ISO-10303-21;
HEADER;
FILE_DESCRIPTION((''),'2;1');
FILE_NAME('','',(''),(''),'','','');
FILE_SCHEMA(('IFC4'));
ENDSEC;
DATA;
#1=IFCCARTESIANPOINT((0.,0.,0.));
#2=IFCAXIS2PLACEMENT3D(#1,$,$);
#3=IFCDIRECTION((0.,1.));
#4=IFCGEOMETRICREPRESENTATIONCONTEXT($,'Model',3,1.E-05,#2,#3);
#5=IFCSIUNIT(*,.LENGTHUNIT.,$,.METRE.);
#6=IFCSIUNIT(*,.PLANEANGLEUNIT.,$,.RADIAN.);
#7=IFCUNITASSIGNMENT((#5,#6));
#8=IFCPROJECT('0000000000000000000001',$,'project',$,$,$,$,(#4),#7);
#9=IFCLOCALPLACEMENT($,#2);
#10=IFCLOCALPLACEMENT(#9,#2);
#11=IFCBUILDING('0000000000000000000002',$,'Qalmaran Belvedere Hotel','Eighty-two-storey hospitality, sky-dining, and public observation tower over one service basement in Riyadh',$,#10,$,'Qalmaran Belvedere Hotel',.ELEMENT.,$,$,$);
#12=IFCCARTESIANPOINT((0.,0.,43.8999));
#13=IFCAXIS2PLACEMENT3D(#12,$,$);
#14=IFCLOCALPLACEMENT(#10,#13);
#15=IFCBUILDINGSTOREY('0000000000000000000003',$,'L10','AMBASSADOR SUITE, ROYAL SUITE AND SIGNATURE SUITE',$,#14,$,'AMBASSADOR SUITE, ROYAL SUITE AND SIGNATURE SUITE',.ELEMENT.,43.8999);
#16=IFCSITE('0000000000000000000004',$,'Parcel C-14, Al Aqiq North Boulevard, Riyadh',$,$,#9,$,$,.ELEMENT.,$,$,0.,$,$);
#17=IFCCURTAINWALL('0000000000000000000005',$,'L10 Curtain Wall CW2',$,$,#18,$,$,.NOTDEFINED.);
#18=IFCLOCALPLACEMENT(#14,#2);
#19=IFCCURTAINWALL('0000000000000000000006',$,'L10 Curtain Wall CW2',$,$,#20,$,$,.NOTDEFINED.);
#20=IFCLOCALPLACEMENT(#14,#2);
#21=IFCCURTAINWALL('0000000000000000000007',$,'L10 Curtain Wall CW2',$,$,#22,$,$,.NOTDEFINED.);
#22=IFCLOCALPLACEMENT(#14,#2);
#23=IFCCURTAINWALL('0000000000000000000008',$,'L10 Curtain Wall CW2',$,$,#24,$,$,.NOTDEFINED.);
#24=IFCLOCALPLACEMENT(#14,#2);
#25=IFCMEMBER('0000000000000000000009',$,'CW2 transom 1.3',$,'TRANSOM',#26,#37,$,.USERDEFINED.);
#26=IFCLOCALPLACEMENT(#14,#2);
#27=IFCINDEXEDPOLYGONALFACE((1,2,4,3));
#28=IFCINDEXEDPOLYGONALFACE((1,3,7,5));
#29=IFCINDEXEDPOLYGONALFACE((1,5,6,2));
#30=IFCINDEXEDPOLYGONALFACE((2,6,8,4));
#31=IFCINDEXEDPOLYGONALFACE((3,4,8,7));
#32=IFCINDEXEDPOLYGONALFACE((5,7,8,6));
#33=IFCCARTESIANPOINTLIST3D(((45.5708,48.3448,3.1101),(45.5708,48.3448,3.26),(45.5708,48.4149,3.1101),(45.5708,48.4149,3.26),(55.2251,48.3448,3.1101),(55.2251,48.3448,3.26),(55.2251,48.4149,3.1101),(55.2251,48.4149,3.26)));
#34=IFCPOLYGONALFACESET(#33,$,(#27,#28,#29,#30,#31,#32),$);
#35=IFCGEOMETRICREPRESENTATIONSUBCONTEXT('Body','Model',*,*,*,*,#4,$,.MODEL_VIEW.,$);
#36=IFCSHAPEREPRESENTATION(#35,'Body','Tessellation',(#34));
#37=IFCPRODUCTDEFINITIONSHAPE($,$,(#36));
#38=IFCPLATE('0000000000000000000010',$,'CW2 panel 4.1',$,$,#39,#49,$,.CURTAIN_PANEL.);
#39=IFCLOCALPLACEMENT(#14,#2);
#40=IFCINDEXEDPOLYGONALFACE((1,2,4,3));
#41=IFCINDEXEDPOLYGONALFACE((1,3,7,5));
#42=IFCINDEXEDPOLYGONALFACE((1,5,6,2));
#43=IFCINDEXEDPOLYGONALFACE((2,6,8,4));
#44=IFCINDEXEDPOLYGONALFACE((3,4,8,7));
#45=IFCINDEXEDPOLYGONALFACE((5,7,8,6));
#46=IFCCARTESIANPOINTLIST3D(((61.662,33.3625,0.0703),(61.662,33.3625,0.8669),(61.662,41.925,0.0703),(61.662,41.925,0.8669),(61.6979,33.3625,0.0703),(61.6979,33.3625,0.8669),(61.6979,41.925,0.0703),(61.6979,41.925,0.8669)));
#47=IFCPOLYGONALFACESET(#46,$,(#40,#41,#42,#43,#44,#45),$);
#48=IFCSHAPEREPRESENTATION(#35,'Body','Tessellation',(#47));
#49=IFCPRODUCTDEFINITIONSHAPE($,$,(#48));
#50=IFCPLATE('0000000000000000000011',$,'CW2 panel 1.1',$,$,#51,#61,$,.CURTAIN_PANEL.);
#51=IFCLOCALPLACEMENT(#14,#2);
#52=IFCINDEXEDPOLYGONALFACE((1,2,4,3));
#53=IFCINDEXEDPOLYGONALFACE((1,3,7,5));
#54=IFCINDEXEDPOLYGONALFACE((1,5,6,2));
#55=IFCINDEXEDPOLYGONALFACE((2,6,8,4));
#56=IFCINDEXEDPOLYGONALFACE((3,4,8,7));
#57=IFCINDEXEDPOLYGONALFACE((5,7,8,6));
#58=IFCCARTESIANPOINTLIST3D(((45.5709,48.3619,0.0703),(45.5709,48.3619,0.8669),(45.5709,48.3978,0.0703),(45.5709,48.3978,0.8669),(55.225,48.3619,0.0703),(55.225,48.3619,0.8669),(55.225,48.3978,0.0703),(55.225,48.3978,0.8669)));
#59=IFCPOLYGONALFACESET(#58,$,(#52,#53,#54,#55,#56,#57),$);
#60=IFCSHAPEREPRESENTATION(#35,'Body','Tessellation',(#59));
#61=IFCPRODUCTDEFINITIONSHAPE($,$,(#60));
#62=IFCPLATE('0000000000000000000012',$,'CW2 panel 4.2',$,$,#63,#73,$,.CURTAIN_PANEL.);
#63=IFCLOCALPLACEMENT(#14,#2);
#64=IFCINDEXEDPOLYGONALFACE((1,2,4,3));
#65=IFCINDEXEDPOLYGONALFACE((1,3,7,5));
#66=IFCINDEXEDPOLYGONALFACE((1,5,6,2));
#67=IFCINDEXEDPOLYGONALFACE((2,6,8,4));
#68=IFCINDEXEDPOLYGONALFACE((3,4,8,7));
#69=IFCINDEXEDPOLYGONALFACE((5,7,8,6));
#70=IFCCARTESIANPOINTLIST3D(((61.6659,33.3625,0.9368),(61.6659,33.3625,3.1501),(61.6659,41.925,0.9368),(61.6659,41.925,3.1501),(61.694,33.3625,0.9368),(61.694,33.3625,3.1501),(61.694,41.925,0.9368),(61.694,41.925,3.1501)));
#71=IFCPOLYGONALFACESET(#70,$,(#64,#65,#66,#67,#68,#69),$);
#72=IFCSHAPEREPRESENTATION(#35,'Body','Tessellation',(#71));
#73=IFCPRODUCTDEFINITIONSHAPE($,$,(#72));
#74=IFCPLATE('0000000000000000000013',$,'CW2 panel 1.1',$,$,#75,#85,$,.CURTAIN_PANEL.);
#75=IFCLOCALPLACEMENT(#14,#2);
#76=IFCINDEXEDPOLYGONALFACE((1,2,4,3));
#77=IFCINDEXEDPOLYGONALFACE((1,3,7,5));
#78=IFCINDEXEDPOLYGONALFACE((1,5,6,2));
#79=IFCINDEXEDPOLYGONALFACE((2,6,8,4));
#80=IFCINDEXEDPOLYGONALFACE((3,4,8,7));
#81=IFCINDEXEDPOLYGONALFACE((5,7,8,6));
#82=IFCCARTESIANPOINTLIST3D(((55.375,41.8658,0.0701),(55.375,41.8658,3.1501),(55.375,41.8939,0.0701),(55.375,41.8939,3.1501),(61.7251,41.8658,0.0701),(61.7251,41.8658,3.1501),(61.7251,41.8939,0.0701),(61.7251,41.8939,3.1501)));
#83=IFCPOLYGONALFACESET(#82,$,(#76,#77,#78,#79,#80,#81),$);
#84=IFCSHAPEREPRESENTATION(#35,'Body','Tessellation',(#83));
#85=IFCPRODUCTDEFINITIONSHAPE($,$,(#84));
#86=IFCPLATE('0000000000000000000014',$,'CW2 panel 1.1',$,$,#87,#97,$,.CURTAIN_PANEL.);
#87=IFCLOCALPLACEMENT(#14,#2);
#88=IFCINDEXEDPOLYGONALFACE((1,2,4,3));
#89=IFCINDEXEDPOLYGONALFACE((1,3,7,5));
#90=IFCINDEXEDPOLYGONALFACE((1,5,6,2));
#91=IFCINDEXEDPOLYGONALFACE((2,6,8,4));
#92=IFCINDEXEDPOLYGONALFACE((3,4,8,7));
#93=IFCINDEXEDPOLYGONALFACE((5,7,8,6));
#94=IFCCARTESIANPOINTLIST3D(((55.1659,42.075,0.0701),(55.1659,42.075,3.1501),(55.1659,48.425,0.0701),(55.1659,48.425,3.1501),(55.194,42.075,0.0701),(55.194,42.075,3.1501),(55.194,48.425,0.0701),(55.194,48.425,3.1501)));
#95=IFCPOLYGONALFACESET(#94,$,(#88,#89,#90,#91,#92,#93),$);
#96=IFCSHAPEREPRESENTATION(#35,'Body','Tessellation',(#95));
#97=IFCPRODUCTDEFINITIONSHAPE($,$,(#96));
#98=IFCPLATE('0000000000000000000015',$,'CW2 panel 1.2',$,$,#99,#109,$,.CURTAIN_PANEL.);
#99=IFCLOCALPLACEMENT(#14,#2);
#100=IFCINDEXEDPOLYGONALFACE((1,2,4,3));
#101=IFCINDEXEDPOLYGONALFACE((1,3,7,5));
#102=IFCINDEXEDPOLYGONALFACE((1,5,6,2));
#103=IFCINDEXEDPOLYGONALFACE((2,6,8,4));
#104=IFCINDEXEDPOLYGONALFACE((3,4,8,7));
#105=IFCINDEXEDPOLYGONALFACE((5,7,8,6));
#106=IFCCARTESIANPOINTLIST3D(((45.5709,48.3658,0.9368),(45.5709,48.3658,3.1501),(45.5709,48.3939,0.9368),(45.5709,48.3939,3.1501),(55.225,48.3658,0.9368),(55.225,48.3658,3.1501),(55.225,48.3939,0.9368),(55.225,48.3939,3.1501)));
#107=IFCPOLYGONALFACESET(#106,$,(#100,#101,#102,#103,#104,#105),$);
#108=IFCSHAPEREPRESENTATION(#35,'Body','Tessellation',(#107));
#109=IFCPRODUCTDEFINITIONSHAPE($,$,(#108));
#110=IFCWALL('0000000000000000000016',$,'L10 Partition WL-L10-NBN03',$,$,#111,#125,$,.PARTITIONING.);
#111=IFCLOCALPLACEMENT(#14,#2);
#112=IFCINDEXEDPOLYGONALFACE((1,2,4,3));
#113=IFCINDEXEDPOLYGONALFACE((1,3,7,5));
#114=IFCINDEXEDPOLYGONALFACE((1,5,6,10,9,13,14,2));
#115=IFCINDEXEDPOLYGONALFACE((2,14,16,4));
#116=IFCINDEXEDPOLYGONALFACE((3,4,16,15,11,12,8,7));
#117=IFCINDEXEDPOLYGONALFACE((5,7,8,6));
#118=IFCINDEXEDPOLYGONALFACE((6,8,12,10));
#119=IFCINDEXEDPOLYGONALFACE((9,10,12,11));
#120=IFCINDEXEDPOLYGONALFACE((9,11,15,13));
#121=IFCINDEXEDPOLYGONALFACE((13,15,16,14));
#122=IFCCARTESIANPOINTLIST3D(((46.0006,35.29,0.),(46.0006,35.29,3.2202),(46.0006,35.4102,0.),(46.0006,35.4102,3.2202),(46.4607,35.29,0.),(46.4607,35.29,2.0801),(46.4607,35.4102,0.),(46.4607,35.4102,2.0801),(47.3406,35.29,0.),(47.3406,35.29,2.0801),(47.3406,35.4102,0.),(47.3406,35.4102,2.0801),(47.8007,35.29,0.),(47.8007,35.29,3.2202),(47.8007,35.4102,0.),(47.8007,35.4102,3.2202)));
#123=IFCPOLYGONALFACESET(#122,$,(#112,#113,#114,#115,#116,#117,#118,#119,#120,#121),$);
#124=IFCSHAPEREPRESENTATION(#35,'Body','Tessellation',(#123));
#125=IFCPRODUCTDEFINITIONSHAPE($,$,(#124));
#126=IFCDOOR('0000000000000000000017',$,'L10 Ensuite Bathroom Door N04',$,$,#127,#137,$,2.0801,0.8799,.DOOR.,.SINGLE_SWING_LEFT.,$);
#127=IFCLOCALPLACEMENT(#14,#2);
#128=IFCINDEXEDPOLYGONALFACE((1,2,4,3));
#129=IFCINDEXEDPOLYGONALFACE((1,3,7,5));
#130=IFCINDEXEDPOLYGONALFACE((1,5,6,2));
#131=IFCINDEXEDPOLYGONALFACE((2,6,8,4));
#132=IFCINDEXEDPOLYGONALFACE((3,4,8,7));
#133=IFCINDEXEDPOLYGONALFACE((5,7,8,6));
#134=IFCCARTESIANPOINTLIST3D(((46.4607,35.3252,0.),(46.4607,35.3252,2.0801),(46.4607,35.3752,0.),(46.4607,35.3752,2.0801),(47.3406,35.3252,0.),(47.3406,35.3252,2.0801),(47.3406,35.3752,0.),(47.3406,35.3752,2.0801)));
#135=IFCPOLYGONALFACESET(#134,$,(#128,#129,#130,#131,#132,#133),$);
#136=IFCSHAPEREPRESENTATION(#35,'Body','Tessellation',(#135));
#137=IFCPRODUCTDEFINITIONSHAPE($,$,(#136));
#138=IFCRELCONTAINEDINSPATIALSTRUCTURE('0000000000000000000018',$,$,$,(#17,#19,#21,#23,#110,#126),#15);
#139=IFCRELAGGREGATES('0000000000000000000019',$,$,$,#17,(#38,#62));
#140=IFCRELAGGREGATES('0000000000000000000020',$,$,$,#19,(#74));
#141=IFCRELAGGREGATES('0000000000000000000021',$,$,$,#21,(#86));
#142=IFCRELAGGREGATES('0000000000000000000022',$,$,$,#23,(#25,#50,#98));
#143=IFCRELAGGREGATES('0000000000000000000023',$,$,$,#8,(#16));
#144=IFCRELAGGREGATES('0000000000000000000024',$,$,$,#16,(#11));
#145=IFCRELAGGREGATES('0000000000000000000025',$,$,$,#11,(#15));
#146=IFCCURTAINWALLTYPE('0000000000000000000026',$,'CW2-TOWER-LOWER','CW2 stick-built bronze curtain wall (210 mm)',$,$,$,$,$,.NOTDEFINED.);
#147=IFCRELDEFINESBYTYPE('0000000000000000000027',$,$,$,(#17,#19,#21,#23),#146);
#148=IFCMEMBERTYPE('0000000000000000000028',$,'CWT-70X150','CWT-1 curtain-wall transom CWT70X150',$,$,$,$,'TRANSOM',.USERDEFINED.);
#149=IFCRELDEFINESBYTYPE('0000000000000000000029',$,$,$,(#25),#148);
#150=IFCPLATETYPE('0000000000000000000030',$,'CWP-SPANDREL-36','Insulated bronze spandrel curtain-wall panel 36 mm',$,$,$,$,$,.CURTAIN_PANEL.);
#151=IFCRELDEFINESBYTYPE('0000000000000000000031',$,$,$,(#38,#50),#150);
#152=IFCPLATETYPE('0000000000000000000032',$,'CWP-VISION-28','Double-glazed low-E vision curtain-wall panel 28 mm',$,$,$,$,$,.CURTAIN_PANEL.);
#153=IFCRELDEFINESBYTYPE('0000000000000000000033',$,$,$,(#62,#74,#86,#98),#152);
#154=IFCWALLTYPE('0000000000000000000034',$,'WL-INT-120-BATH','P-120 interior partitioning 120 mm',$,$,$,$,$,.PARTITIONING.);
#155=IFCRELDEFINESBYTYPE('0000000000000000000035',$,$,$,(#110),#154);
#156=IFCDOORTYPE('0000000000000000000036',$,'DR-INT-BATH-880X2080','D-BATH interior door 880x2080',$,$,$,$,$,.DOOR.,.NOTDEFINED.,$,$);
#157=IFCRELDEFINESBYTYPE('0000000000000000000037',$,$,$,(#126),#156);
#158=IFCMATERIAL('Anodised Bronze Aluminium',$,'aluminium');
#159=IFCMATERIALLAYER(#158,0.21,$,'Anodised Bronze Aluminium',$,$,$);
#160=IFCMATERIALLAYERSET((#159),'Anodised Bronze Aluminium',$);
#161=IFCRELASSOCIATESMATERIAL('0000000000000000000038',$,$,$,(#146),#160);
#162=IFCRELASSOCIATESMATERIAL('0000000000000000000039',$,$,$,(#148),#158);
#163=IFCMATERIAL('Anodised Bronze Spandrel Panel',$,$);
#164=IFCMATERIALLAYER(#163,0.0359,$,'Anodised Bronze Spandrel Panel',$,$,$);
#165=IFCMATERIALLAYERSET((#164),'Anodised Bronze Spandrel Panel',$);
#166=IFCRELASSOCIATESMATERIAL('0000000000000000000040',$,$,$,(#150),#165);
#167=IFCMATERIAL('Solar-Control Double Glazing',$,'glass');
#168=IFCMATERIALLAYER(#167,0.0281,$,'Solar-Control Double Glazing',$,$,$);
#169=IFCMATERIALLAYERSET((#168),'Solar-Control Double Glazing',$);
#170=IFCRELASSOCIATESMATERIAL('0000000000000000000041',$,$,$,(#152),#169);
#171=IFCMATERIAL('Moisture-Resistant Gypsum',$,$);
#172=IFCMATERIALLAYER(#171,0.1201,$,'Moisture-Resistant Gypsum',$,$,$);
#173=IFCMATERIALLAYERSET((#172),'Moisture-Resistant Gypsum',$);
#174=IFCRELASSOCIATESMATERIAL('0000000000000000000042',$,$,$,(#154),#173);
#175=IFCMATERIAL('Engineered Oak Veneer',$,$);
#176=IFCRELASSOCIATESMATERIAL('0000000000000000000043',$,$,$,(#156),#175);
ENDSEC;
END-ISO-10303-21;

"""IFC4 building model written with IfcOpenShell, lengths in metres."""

from ifc_helpers import new_model, si_unit, direction, frame, frame_2d, origin, origin_2d, place, context, subcontext, project, spatial, rectangle, extrude, material, layer, layer_set, material_profile, profile_set, type_object, element, fill, aggregate, save


model = new_model("IFC4")

# Units and contexts
model_context = context("Model", 3, precision=1e-05, world=origin(), true_north=direction((0.0, 1.0)))
body_context = subcontext(model_context, "Body", "Model", "MODEL_VIEW")
ifc_project = project(units=[si_unit("LENGTHUNIT", "METRE"), si_unit("PLANEANGLEUNIT", "RADIAN")], contexts=[model_context])

# Site, building, storey
site_placement = place(None, origin())
site = spatial("IfcSite", under=ifc_project, at=site_placement, Name="Parcel C-14, Al Aqiq North Boulevard, Riyadh", CompositionType="ELEMENT", RefElevation=0.0)
building_placement = place(site_placement, origin())
building = spatial("IfcBuilding", under=site, at=building_placement, Name="Qalmaran Belvedere Hotel", Description="Eighty-two-storey hospitality, sky-dining, and public observation tower over one service basement in Riyadh", LongName="Qalmaran Belvedere Hotel", CompositionType="ELEMENT")
storey_placement = place(building_placement, frame((0.0, 0.0, 43.8999)))
storey = spatial("IfcBuildingStorey", under=building, at=storey_placement, Name="L10", Description="AMBASSADOR SUITE, ROYAL SUITE AND SIGNATURE SUITE", LongName="AMBASSADOR SUITE, ROYAL SUITE AND SIGNATURE SUITE", CompositionType="ELEMENT", Elevation=43.8999)

# Curtain wall
ifc_material_1 = material(Name="Anodised Bronze Aluminium", Category="aluminium")
ifc_layer_1 = layer(ifc_material_1, 0.21, Name="Anodised Bronze Aluminium")
ifc_layer_set_1 = layer_set([ifc_layer_1], Name="Anodised Bronze Aluminium")
curtain_wall_type = type_object("IfcCurtainWallType", Name="CW2-TOWER-LOWER", Description="CW2 stick-built bronze curtain wall (210 mm)", PredefinedType="NOTDEFINED", material=ifc_layer_set_1)
curtain_wall_1_placement = place(storey_placement, origin())
curtain_wall_1 = element("IfcCurtainWall", 1, at=curtain_wall_1_placement, inside=storey, type_object=curtain_wall_type, Name="L10 Curtain Wall CW2", PredefinedType="NOTDEFINED")

# Curtain walls
curtain_wall_2_placement = place(storey_placement, origin())
curtain_wall_2 = element("IfcCurtainWall", 2, at=curtain_wall_2_placement, inside=storey, type_object=curtain_wall_type, Name="L10 Curtain Wall CW2", PredefinedType="NOTDEFINED")
curtain_wall_3_placement = place(storey_placement, origin())
curtain_wall_3 = element("IfcCurtainWall", 3, at=curtain_wall_3_placement, inside=storey, type_object=curtain_wall_type, Name="L10 Curtain Wall CW2", PredefinedType="NOTDEFINED")

# Curtain wall
curtain_wall_4_placement = place(storey_placement, origin())
curtain_wall_4 = element("IfcCurtainWall", 4, at=curtain_wall_4_placement, inside=storey, type_object=curtain_wall_type, Name="L10 Curtain Wall CW2", PredefinedType="NOTDEFINED")

# Member
ifc_material_profile_1 = material_profile(ifc_material_1, rectangle(XDim=0.0701, YDim=0.1499, at=origin_2d()), Name="CWT70X150")
ifc_profile_set_1 = profile_set([ifc_material_profile_1], Name="Anodised Bronze Aluminium")
member_type_1 = type_object("IfcMemberType", Name="CWT-70X150", Description="CWT-1 curtain-wall transom CWT70X150", ElementType="TRANSOM", PredefinedType="USERDEFINED", material=ifc_profile_set_1)
member_1_placement = place(storey_placement, frame((55.2251, 48.3799, 3.1851), z_axis=(-1.0, 0.0, 0.0), x_axis=(0.0, -1.0, 0.0)))
member_1 = element("IfcMember", 5, at=member_1_placement, type_object=member_type_1, Name="CW2 transom 1.3", ObjectType="TRANSOM", PredefinedType="USERDEFINED", context=body_context, shape_type="SweptSolid", body=[
    extrude(rectangle(XDim=0.0701, YDim=0.1499, at=origin_2d()), origin(), (0.0, 0.0, 1.0), 9.6543),
])

# Plates
ifc_material_2 = material(Name="Anodised Bronze Spandrel Panel")
ifc_layer_2 = layer(ifc_material_2, 0.0359, Name="Anodised Bronze Spandrel Panel")
ifc_layer_set_2 = layer_set([ifc_layer_2], Name="Anodised Bronze Spandrel Panel")
plate_type_1 = type_object("IfcPlateType", Name="CWP-SPANDREL-36", Description="Insulated bronze spandrel curtain-wall panel 36 mm", PredefinedType="CURTAIN_PANEL", material=ifc_layer_set_2)
plate_1_placement = place(storey_placement, frame((61.6799, 37.6438, 0.0703), z_axis=(0.0, 0.0, 1.0), x_axis=(0.0, 1.0, 0.0)))
plate_1 = element("IfcPlate", 6, at=plate_1_placement, type_object=plate_type_1, Name="CW2 panel 4.1", PredefinedType="CURTAIN_PANEL", context=body_context, shape_type="SweptSolid", body=[
    extrude(rectangle(XDim=8.5625, YDim=0.0359, at=origin_2d()), origin(), (0.0, 0.0, 1.0), 0.7966),
])
plate_2_placement = place(storey_placement, frame((50.3979, 48.3799, 0.0703), z_axis=(0.0, 0.0, 1.0), x_axis=(-1.0, 0.0, 0.0)))
plate_2 = element("IfcPlate", 7, at=plate_2_placement, type_object=plate_type_1, Name="CW2 panel 1.1", PredefinedType="CURTAIN_PANEL", context=body_context, shape_type="SweptSolid", body=[
    extrude(rectangle(XDim=9.6541, YDim=0.0359, at=origin_2d()), origin(), (0.0, 0.0, 1.0), 0.7966),
])
ifc_material_3 = material(Name="Solar-Control Double Glazing", Category="glass")
ifc_layer_3 = layer(ifc_material_3, 0.0281, Name="Solar-Control Double Glazing")
ifc_layer_set_3 = layer_set([ifc_layer_3], Name="Solar-Control Double Glazing")
plate_type_2 = type_object("IfcPlateType", Name="CWP-VISION-28", Description="Double-glazed low-E vision curtain-wall panel 28 mm", PredefinedType="CURTAIN_PANEL", material=ifc_layer_set_3)
plate_3_placement = place(storey_placement, frame((61.6799, 37.6438, 0.9368), z_axis=(0.0, 0.0, 1.0), x_axis=(0.0, 1.0, 0.0)))
plate_3 = element("IfcPlate", 8, at=plate_3_placement, type_object=plate_type_2, Name="CW2 panel 4.2", PredefinedType="CURTAIN_PANEL", context=body_context, shape_type="SweptSolid", body=[
    extrude(rectangle(XDim=8.5625, YDim=0.0281, at=origin_2d()), origin(), (0.0, 0.0, 1.0), 2.2134),
])
aggregate(curtain_wall_1, [plate_1, plate_3])
plate_4_placement = place(storey_placement, frame((58.55, 41.8799, 0.0701), z_axis=(0.0, 0.0, 1.0), x_axis=(-1.0, 0.0, 0.0)))
plate_4 = element("IfcPlate", 9, at=plate_4_placement, type_object=plate_type_2, Name="CW2 panel 1.1", PredefinedType="CURTAIN_PANEL", context=body_context, shape_type="SweptSolid", body=[
    extrude(rectangle(XDim=6.3501, YDim=0.0281, at=origin_2d()), origin(), (0.0, 0.0, 1.0), 3.0801),
])
aggregate(curtain_wall_2, [plate_4])
plate_5_placement = place(storey_placement, frame((55.1799, 45.25, 0.0701), z_axis=(0.0, 0.0, 1.0), x_axis=(0.0, 1.0, 0.0)))
plate_5 = element("IfcPlate", 10, at=plate_5_placement, type_object=plate_type_2, Name="CW2 panel 1.1", PredefinedType="CURTAIN_PANEL", context=body_context, shape_type="SweptSolid", body=[
    extrude(rectangle(XDim=6.3501, YDim=0.0281, at=origin_2d()), origin(), (0.0, 0.0, 1.0), 3.0801),
])
aggregate(curtain_wall_3, [plate_5])
plate_6_placement = place(storey_placement, frame((50.3979, 48.3799, 0.9368), z_axis=(0.0, 0.0, 1.0), x_axis=(-1.0, 0.0, 0.0)))
plate_6 = element("IfcPlate", 11, at=plate_6_placement, type_object=plate_type_2, Name="CW2 panel 1.2", PredefinedType="CURTAIN_PANEL", context=body_context, shape_type="SweptSolid", body=[
    extrude(rectangle(XDim=9.6541, YDim=0.0281, at=origin_2d()), origin(), (0.0, 0.0, 1.0), 2.2134),
])
aggregate(curtain_wall_4, [member_1, plate_2, plate_6])

# Wall, opening, door
ifc_material_4 = material(Name="Moisture-Resistant Gypsum")
ifc_layer_4 = layer(ifc_material_4, 0.1201, Name="Moisture-Resistant Gypsum")
ifc_layer_set_4 = layer_set([ifc_layer_4], Name="Moisture-Resistant Gypsum")
wall_type = type_object("IfcWallType", Name="WL-INT-120-BATH", Description="P-120 interior partitioning 120 mm", PredefinedType="PARTITIONING", material=ifc_layer_set_4)
wall_placement = place(storey_placement, frame((46.0007, 35.3501, 0.0), z_axis=(0.0, 0.0, 1.0), x_axis=(1.0, 0.0, 0.0)))
wall = element("IfcWall", 12, at=wall_placement, inside=storey, type_object=wall_type, Name="L10 Partition WL-L10-NBN03", PredefinedType="PARTITIONING", context=body_context, shape_type="SweptSolid", body=[
    extrude(rectangle(XDim=1.8, YDim=0.1201, at=frame_2d((0.8999, 0.0))), origin(), (0.0, 0.0, 1.0), 3.2202),
])
opening_placement = place(wall_placement, frame((1.3398, 0.0, 0.0), z_axis=(0.0, 0.0, 1.0), x_axis=(-1.0, 0.0, 0.0)))
opening = element("IfcOpeningElement", 13, at=opening_placement, cuts=wall, PredefinedType="OPENING", context=body_context, shape_type="SweptSolid", body=[
    extrude(rectangle(XDim=0.8799, YDim=2.0801, at=frame_2d((0.4399, 1.04))), frame((0.0, 0.0701, 0.0), z_axis=(0.0, -1.0, 0.0), x_axis=(1.0, 0.0, 0.0)), (0.0, 0.0, 1.0), 0.1401),
])
ifc_material_5 = material(Name="Engineered Oak Veneer")
door_type = type_object("IfcDoorType", Name="DR-INT-BATH-880X2080", Description="D-BATH interior door 880x2080", OperationType="NOTDEFINED", PredefinedType="DOOR", material=ifc_material_5)
door_placement = place(opening_placement, origin())
door = element("IfcDoor", 14, at=door_placement, inside=storey, type_object=door_type, Name="L10 Ensuite Bathroom Door N04", OperationType="SINGLE_SWING_LEFT", OverallHeight=2.0801, OverallWidth=0.8799, PredefinedType="DOOR", context=body_context, shape_type="SweptSolid", body=[
    extrude(rectangle(XDim=0.8799, YDim=2.0801, at=frame_2d((0.4399, 1.04))), frame((0.0, 0.0249, 0.0), z_axis=(0.0, -1.0, 0.0), x_axis=(1.0, 0.0, 0.0)), (0.0, 0.0, 1.0), 0.05),
])
fill(opening, door)

save(model, "model.ifc")
